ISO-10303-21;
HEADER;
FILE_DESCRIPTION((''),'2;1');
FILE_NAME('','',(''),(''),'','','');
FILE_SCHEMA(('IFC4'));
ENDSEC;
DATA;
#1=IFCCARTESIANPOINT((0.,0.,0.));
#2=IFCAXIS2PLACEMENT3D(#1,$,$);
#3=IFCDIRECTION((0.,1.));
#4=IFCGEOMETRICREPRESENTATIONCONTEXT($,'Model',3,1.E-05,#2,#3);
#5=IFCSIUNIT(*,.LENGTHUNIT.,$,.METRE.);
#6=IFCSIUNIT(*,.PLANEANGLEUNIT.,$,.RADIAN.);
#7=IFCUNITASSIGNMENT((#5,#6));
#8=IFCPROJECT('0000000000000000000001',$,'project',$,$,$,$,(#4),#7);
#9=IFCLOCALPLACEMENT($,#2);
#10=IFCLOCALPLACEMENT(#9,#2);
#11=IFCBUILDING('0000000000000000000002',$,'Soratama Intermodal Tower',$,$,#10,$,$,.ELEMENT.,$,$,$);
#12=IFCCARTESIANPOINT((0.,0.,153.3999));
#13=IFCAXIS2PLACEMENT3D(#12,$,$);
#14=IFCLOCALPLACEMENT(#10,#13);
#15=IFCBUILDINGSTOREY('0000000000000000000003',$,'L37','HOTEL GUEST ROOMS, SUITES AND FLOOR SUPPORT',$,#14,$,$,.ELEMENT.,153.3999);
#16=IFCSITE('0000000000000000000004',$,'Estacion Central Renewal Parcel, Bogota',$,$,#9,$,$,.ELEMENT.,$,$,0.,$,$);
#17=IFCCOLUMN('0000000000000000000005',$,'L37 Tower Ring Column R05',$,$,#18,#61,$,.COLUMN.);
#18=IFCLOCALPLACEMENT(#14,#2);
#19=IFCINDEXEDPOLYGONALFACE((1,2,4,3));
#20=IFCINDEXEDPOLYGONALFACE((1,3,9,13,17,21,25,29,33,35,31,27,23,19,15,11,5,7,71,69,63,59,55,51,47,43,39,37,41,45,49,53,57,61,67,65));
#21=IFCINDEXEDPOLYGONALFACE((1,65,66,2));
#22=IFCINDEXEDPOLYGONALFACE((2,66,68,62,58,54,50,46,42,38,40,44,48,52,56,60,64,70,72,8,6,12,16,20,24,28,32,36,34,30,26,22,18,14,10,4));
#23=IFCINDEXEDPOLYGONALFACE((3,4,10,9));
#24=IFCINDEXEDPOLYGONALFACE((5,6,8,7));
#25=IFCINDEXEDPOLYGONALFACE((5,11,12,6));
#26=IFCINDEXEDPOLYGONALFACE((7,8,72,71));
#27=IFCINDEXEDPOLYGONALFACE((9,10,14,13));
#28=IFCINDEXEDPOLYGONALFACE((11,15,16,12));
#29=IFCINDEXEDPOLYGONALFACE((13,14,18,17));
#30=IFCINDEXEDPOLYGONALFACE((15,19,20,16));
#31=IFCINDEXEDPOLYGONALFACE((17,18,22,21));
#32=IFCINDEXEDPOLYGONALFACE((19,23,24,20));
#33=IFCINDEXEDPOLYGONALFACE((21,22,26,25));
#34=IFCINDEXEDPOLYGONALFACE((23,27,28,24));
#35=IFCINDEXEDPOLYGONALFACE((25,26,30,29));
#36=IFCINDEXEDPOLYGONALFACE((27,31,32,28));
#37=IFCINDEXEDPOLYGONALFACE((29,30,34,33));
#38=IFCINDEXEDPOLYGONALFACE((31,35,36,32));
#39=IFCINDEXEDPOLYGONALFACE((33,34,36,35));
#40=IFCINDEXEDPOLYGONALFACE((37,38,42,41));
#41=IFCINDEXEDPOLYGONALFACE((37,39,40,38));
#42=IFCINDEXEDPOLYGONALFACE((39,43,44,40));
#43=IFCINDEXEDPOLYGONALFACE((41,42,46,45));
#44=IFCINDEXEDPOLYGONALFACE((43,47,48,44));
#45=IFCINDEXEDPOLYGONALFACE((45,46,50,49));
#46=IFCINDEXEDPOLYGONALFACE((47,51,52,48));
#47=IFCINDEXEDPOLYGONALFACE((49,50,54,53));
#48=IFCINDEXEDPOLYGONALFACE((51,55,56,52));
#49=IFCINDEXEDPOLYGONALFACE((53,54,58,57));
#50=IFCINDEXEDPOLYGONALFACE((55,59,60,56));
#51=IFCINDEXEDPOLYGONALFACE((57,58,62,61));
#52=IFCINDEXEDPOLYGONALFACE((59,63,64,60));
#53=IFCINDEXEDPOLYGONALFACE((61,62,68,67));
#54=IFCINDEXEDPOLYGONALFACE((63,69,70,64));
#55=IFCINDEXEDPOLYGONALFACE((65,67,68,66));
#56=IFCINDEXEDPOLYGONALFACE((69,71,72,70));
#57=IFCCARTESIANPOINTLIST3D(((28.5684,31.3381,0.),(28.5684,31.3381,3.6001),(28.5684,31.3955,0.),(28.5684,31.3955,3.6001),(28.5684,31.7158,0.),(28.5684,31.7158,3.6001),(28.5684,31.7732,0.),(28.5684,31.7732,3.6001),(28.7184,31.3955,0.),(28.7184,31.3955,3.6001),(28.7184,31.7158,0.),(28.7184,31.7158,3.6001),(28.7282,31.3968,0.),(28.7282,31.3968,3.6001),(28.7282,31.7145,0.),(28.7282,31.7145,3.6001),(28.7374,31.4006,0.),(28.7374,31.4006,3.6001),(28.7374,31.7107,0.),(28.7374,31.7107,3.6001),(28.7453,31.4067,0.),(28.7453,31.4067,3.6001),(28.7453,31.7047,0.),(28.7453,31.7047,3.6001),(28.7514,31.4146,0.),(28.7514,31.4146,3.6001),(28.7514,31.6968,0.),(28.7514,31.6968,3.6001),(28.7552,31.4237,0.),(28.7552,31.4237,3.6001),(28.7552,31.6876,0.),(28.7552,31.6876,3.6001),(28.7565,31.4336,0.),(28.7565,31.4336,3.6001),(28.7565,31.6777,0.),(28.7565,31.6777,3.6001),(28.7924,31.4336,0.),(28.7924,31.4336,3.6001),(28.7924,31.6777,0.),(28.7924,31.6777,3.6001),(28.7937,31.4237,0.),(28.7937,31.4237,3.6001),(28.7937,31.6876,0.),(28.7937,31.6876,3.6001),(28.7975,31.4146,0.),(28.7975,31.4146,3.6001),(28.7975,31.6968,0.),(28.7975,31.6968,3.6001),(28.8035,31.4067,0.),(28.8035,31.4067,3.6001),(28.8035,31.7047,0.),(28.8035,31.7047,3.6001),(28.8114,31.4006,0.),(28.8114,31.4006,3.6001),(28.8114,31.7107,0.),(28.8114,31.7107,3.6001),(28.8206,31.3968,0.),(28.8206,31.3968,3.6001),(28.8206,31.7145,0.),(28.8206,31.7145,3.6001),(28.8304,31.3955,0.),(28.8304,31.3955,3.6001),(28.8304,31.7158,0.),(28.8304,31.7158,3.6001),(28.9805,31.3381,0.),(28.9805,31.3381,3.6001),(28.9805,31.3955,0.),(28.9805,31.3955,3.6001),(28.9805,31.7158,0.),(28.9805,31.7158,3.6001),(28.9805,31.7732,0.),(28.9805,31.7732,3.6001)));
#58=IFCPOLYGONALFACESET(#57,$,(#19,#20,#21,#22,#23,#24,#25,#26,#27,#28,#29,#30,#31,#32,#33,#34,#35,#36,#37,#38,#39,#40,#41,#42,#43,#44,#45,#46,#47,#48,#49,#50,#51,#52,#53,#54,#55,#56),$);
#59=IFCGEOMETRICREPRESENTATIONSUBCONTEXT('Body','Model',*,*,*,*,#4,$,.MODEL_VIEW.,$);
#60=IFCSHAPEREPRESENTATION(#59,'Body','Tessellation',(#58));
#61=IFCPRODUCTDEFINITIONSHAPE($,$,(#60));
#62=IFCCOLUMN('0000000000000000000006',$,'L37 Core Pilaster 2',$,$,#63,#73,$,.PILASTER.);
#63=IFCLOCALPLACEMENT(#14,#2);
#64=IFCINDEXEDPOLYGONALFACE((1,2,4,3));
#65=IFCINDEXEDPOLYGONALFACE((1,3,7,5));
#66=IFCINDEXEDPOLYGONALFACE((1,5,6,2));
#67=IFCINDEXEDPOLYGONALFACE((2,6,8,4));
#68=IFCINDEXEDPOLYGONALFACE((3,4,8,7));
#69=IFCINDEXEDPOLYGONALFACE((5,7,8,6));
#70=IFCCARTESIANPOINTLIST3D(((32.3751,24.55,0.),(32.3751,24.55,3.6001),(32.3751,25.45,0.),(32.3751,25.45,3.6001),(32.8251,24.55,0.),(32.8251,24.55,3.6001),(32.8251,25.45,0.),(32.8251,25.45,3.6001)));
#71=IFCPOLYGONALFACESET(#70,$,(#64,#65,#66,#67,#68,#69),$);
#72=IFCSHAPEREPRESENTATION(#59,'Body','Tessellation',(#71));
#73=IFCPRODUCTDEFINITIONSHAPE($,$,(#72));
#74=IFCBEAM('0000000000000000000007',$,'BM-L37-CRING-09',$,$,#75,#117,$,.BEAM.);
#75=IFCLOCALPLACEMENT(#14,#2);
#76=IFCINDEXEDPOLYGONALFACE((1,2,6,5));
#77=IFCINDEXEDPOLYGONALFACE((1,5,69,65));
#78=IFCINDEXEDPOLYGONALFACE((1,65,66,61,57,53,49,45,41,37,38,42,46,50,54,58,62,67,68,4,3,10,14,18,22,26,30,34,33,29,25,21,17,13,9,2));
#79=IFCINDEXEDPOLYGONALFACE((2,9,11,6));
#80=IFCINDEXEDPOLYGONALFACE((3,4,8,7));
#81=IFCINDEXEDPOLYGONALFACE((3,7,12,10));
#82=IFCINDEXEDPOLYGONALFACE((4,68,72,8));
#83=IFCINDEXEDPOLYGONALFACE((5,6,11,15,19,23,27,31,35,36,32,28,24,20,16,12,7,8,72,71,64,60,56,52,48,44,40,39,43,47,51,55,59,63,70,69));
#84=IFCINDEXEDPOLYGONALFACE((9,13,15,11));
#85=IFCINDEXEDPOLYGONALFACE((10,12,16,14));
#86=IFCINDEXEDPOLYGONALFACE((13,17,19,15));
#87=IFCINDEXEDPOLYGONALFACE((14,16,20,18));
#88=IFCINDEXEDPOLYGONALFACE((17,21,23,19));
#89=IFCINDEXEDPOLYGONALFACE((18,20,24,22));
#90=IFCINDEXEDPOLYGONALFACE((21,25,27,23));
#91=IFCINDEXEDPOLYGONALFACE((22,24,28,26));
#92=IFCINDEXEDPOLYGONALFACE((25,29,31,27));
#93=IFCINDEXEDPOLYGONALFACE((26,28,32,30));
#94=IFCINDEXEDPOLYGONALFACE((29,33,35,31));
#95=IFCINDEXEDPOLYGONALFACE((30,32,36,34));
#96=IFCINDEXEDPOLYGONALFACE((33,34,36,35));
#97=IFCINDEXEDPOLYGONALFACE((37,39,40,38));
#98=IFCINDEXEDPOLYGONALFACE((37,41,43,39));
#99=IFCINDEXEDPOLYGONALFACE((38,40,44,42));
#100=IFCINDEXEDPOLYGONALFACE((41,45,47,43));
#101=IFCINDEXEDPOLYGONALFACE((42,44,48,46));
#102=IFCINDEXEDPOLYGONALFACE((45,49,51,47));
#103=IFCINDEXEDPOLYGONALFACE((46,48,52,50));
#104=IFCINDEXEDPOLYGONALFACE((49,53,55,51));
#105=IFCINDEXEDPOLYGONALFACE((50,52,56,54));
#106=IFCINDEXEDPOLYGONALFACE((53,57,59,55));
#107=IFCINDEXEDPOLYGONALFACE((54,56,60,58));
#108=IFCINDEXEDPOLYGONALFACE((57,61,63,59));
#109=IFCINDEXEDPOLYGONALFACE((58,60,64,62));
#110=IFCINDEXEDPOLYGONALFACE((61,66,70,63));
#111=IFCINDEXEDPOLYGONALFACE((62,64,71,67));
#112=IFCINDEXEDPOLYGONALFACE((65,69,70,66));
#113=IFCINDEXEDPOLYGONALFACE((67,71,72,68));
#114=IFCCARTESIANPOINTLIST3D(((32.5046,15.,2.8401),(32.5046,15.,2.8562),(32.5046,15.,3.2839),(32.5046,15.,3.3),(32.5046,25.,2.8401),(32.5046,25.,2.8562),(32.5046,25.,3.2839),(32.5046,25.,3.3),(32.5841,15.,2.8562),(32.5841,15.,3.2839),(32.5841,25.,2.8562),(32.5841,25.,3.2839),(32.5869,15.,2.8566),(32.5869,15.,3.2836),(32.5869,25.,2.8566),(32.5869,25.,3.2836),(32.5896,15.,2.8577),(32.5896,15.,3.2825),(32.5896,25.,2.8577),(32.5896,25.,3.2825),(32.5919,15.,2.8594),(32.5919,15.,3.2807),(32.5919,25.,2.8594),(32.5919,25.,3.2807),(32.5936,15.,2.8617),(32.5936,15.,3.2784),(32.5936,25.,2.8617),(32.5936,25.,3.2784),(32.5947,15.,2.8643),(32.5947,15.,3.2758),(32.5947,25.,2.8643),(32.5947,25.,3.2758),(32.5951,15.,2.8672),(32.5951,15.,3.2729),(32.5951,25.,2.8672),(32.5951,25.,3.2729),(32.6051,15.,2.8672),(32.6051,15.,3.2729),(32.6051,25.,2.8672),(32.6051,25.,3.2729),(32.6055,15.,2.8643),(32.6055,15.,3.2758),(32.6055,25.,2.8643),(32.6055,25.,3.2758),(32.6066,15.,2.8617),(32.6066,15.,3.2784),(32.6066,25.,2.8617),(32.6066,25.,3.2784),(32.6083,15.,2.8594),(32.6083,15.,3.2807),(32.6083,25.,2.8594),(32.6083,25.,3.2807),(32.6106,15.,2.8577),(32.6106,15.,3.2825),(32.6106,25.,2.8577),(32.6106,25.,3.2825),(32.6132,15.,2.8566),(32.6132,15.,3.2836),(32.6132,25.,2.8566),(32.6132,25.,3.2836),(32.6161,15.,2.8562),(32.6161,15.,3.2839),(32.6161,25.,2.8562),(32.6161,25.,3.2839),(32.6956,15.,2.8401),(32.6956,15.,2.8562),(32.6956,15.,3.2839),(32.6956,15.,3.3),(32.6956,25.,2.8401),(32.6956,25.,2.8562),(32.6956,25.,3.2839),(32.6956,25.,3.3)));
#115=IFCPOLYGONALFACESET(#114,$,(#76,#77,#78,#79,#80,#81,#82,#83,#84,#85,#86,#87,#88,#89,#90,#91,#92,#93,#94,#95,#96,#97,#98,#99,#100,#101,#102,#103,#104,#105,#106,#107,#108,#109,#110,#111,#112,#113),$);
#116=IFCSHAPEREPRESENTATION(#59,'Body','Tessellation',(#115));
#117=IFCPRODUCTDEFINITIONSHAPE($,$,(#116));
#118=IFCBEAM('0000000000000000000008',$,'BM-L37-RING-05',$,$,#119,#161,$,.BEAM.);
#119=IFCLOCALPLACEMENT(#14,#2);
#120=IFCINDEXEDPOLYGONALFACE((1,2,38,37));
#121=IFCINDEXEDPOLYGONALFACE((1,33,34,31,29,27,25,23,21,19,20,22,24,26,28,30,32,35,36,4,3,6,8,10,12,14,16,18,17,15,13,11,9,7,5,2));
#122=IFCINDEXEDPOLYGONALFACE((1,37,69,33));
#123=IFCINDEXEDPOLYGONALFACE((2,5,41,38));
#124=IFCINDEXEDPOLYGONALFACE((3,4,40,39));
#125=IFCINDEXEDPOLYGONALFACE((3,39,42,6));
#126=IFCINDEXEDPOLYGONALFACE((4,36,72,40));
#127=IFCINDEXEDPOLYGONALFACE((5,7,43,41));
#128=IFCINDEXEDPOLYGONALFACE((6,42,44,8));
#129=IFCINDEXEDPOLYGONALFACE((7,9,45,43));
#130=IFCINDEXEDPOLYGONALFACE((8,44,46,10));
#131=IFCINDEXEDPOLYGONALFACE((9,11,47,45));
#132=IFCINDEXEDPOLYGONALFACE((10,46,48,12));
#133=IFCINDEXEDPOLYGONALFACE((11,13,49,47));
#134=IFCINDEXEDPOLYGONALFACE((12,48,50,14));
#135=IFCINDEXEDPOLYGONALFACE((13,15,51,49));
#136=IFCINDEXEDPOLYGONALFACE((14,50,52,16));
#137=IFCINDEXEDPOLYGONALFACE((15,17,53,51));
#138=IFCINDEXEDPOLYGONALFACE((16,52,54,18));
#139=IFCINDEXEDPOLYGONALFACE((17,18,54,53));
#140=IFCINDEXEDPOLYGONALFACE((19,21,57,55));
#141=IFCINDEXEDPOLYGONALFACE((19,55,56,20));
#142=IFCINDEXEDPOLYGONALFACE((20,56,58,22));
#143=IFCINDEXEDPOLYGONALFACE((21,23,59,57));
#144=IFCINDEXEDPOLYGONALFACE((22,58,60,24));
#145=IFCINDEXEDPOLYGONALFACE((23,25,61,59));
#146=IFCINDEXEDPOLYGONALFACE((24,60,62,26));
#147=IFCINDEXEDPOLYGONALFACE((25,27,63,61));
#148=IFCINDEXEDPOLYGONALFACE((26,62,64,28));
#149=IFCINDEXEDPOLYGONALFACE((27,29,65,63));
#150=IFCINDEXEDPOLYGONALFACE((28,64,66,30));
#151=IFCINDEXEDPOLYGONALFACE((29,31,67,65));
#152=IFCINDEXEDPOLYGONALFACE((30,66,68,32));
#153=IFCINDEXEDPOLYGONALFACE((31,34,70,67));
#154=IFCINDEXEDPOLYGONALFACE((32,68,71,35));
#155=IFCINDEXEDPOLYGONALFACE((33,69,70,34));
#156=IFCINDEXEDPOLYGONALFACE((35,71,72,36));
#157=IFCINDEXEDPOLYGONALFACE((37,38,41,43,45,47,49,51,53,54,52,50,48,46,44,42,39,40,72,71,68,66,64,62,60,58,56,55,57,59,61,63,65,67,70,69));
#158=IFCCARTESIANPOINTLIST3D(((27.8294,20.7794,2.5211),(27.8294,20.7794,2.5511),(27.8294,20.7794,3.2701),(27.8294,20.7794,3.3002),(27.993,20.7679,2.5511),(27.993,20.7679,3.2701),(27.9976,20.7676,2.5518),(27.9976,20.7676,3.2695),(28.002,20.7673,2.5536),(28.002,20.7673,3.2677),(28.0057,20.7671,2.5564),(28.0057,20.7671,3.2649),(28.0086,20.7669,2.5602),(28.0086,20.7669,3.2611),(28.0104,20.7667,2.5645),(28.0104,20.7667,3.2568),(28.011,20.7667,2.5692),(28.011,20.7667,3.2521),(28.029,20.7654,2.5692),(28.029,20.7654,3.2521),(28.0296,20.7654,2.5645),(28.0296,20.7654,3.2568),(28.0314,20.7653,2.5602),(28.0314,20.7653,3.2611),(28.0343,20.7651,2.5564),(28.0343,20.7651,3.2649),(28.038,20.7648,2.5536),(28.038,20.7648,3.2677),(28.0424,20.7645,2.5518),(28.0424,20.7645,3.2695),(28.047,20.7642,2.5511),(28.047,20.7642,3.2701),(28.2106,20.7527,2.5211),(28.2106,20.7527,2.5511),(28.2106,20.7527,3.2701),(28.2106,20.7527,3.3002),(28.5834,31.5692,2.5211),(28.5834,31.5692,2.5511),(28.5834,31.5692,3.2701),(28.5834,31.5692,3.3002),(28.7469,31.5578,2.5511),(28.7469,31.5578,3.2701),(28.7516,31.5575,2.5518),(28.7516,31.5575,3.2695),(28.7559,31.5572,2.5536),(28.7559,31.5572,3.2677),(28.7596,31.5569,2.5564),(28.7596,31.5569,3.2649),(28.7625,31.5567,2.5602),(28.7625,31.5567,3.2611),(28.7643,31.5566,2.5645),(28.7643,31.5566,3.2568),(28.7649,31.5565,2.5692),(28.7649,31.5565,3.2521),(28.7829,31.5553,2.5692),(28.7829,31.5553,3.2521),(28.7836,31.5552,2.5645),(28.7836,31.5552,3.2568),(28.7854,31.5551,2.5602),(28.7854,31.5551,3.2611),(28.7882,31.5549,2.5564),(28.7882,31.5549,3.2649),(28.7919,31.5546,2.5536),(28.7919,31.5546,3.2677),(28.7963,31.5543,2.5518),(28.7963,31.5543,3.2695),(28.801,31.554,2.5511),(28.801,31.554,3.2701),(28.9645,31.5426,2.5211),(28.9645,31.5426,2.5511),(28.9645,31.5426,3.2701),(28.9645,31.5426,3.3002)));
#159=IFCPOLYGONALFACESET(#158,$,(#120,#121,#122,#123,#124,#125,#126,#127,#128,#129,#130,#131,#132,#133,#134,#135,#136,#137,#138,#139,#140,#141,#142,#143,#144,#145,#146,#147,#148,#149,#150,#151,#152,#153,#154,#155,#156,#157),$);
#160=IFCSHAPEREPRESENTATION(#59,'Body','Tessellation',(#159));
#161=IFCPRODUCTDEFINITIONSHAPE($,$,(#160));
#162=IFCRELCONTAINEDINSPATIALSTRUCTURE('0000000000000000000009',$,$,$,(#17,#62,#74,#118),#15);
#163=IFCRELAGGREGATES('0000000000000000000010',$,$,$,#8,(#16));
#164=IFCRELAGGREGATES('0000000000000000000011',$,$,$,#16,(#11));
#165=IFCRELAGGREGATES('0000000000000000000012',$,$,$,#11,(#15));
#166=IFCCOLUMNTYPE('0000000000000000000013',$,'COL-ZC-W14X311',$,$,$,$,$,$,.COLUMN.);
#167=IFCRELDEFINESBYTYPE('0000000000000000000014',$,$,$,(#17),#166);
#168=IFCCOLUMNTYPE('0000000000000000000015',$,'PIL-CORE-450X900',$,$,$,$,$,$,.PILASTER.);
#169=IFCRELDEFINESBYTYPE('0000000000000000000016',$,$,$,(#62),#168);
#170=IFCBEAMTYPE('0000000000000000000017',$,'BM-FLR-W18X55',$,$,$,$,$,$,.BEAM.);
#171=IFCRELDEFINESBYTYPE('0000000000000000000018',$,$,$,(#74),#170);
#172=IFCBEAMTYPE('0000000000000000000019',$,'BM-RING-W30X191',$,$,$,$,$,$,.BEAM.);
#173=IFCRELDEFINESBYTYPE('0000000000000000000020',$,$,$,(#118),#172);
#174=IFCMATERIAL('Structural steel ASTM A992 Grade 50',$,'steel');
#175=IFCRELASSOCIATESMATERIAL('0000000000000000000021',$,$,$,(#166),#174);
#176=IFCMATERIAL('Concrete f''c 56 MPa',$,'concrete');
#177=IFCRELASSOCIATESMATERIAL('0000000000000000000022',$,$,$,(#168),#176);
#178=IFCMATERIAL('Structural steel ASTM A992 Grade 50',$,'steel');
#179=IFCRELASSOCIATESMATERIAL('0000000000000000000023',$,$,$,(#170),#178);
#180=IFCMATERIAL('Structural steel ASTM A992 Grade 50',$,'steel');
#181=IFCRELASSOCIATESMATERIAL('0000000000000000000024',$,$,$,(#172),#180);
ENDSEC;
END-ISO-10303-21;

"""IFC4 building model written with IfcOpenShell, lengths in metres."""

from ifc_helpers import new_model, si_unit, direction, frame, origin, origin_2d, place, context, subcontext, project, spatial, rectangle, i_section, extrude, material, material_profile, profile_set, type_object, element, save


model = new_model("IFC4")

# Units and contexts
model_context = context("Model", 3, precision=1e-05, world=origin(), true_north=direction((0.0, 1.0)))
body_context = subcontext(model_context, "Body", "Model", "MODEL_VIEW")
ifc_project = project(units=[si_unit("LENGTHUNIT", "METRE"), si_unit("PLANEANGLEUNIT", "RADIAN")], contexts=[model_context])

# Site, building, storey
site_placement = place(None, origin())
site = spatial("IfcSite", under=ifc_project, at=site_placement, Name="Estacion Central Renewal Parcel, Bogota", CompositionType="ELEMENT", RefElevation=0.0)
building_placement = place(site_placement, origin())
building = spatial("IfcBuilding", under=site, at=building_placement, Name="Soratama Intermodal Tower", CompositionType="ELEMENT")
storey_placement = place(building_placement, frame((0.0, 0.0, 153.3999)))
storey = spatial("IfcBuildingStorey", under=building, at=storey_placement, Name="L37", Description="HOTEL GUEST ROOMS, SUITES AND FLOOR SUPPORT", CompositionType="ELEMENT", Elevation=153.3999)

# Columns
ifc_material_1 = material(Name="Structural steel ASTM A992 Grade 50", Category="steel")
ifc_material_profile_1 = material_profile(ifc_material_1, i_section(OverallWidth=0.4121, OverallDepth=0.4351, WebThickness=0.0359, FlangeThickness=0.0574, FilletRadius=0.0381, at=origin_2d()), Name="W14X311")
ifc_profile_set_1 = profile_set([ifc_material_profile_1], Name="Structural steel ASTM A992 Grade 50")
column_type_1 = type_object("IfcColumnType", Name="COL-ZC-W14X311", PredefinedType="COLUMN", material=ifc_profile_set_1)
column_1_placement = place(storey_placement, frame((28.7744, 31.5557, 0.0), z_axis=(0.0, 0.0, 1.0), x_axis=(1.0, 0.0, 0.0)))
element("IfcColumn", 1, at=column_1_placement, inside=storey, type_object=column_type_1, Name="L37 Tower Ring Column R05", PredefinedType="COLUMN", context=body_context, shape_type="SweptSolid", body=[
    extrude(i_section(OverallWidth=0.4121, OverallDepth=0.4351, WebThickness=0.0359, FlangeThickness=0.0574, FilletRadius=0.0381, at=origin_2d()), origin(), (0.0, 0.0, 1.0), 3.6001),
])
ifc_material_2 = material(Name="Concrete f'c 56 MPa", Category="concrete")
ifc_material_profile_2 = material_profile(ifc_material_2, rectangle(XDim=0.45, YDim=0.8999, at=origin_2d()), Name="RC450X900")
ifc_profile_set_2 = profile_set([ifc_material_profile_2], Name="Concrete f'c 56 MPa")
column_type_2 = type_object("IfcColumnType", Name="PIL-CORE-450X900", PredefinedType="PILASTER", material=ifc_profile_set_2)
column_2_placement = place(storey_placement, frame((32.6001, 25.0, 0.0), z_axis=(0.0, 0.0, 1.0), x_axis=(1.0, 0.0, 0.0)))
element("IfcColumn", 2, at=column_2_placement, inside=storey, type_object=column_type_2, Name="L37 Core Pilaster 2", PredefinedType="PILASTER", context=body_context, shape_type="SweptSolid", body=[
    extrude(rectangle(XDim=0.45, YDim=0.8999, at=origin_2d()), origin(), (0.0, 0.0, 1.0), 3.6001),
])

# Beams
ifc_material_3 = material(Name="Structural steel ASTM A992 Grade 50", Category="steel")
ifc_material_profile_3 = material_profile(ifc_material_3, i_section(OverallWidth=0.1909, OverallDepth=0.46, WebThickness=0.01, FlangeThickness=0.0161, FilletRadius=0.011, at=origin_2d()), Name="W18X55")
ifc_profile_set_3 = profile_set([ifc_material_profile_3], Name="Structural steel ASTM A992 Grade 50")
beam_type_1 = type_object("IfcBeamType", Name="BM-FLR-W18X55", PredefinedType="BEAM", material=ifc_profile_set_3)
beam_1_placement = place(storey_placement, frame((32.6001, 25.0, 3.0701), z_axis=(0.0, -1.0, 0.0), x_axis=(1.0, 0.0, 0.0)))
element("IfcBeam", 3, at=beam_1_placement, inside=storey, type_object=beam_type_1, Name="BM-L37-CRING-09", PredefinedType="BEAM", context=body_context, shape_type="SweptSolid", body=[
    extrude(i_section(OverallWidth=0.1909, OverallDepth=0.46, WebThickness=0.01, FlangeThickness=0.0161, FilletRadius=0.011, at=origin_2d()), origin(), (0.0, 0.0, 1.0), 10.0),
])
ifc_material_4 = material(Name="Structural steel ASTM A992 Grade 50", Category="steel")
ifc_material_profile_4 = material_profile(ifc_material_4, i_section(OverallWidth=0.3821, OverallDepth=0.7791, WebThickness=0.0181, FlangeThickness=0.03, FilletRadius=0.0181, at=origin_2d()), Name="W30X191")
ifc_profile_set_4 = profile_set([ifc_material_profile_4], Name="Structural steel ASTM A992 Grade 50")
beam_type_2 = type_object("IfcBeamType", Name="BM-RING-W30X191", PredefinedType="BEAM", material=ifc_profile_set_4)
beam_2_placement = place(storey_placement, frame((28.7739, 31.5559, 2.9106), z_axis=(-0.069702, -0.997568, 0.0), x_axis=(0.997568, -0.069702, 0.0)))
element("IfcBeam", 4, at=beam_2_placement, inside=storey, type_object=beam_type_2, Name="BM-L37-RING-05", PredefinedType="BEAM", context=body_context, shape_type="SweptSolid", body=[
    extrude(i_section(OverallWidth=0.3821, OverallDepth=0.7791, WebThickness=0.0181, FlangeThickness=0.03, FilletRadius=0.0181, at=origin_2d()), origin(), (0.0, 0.0, 1.0), 10.8162),
])

save(model, "model.ifc")
